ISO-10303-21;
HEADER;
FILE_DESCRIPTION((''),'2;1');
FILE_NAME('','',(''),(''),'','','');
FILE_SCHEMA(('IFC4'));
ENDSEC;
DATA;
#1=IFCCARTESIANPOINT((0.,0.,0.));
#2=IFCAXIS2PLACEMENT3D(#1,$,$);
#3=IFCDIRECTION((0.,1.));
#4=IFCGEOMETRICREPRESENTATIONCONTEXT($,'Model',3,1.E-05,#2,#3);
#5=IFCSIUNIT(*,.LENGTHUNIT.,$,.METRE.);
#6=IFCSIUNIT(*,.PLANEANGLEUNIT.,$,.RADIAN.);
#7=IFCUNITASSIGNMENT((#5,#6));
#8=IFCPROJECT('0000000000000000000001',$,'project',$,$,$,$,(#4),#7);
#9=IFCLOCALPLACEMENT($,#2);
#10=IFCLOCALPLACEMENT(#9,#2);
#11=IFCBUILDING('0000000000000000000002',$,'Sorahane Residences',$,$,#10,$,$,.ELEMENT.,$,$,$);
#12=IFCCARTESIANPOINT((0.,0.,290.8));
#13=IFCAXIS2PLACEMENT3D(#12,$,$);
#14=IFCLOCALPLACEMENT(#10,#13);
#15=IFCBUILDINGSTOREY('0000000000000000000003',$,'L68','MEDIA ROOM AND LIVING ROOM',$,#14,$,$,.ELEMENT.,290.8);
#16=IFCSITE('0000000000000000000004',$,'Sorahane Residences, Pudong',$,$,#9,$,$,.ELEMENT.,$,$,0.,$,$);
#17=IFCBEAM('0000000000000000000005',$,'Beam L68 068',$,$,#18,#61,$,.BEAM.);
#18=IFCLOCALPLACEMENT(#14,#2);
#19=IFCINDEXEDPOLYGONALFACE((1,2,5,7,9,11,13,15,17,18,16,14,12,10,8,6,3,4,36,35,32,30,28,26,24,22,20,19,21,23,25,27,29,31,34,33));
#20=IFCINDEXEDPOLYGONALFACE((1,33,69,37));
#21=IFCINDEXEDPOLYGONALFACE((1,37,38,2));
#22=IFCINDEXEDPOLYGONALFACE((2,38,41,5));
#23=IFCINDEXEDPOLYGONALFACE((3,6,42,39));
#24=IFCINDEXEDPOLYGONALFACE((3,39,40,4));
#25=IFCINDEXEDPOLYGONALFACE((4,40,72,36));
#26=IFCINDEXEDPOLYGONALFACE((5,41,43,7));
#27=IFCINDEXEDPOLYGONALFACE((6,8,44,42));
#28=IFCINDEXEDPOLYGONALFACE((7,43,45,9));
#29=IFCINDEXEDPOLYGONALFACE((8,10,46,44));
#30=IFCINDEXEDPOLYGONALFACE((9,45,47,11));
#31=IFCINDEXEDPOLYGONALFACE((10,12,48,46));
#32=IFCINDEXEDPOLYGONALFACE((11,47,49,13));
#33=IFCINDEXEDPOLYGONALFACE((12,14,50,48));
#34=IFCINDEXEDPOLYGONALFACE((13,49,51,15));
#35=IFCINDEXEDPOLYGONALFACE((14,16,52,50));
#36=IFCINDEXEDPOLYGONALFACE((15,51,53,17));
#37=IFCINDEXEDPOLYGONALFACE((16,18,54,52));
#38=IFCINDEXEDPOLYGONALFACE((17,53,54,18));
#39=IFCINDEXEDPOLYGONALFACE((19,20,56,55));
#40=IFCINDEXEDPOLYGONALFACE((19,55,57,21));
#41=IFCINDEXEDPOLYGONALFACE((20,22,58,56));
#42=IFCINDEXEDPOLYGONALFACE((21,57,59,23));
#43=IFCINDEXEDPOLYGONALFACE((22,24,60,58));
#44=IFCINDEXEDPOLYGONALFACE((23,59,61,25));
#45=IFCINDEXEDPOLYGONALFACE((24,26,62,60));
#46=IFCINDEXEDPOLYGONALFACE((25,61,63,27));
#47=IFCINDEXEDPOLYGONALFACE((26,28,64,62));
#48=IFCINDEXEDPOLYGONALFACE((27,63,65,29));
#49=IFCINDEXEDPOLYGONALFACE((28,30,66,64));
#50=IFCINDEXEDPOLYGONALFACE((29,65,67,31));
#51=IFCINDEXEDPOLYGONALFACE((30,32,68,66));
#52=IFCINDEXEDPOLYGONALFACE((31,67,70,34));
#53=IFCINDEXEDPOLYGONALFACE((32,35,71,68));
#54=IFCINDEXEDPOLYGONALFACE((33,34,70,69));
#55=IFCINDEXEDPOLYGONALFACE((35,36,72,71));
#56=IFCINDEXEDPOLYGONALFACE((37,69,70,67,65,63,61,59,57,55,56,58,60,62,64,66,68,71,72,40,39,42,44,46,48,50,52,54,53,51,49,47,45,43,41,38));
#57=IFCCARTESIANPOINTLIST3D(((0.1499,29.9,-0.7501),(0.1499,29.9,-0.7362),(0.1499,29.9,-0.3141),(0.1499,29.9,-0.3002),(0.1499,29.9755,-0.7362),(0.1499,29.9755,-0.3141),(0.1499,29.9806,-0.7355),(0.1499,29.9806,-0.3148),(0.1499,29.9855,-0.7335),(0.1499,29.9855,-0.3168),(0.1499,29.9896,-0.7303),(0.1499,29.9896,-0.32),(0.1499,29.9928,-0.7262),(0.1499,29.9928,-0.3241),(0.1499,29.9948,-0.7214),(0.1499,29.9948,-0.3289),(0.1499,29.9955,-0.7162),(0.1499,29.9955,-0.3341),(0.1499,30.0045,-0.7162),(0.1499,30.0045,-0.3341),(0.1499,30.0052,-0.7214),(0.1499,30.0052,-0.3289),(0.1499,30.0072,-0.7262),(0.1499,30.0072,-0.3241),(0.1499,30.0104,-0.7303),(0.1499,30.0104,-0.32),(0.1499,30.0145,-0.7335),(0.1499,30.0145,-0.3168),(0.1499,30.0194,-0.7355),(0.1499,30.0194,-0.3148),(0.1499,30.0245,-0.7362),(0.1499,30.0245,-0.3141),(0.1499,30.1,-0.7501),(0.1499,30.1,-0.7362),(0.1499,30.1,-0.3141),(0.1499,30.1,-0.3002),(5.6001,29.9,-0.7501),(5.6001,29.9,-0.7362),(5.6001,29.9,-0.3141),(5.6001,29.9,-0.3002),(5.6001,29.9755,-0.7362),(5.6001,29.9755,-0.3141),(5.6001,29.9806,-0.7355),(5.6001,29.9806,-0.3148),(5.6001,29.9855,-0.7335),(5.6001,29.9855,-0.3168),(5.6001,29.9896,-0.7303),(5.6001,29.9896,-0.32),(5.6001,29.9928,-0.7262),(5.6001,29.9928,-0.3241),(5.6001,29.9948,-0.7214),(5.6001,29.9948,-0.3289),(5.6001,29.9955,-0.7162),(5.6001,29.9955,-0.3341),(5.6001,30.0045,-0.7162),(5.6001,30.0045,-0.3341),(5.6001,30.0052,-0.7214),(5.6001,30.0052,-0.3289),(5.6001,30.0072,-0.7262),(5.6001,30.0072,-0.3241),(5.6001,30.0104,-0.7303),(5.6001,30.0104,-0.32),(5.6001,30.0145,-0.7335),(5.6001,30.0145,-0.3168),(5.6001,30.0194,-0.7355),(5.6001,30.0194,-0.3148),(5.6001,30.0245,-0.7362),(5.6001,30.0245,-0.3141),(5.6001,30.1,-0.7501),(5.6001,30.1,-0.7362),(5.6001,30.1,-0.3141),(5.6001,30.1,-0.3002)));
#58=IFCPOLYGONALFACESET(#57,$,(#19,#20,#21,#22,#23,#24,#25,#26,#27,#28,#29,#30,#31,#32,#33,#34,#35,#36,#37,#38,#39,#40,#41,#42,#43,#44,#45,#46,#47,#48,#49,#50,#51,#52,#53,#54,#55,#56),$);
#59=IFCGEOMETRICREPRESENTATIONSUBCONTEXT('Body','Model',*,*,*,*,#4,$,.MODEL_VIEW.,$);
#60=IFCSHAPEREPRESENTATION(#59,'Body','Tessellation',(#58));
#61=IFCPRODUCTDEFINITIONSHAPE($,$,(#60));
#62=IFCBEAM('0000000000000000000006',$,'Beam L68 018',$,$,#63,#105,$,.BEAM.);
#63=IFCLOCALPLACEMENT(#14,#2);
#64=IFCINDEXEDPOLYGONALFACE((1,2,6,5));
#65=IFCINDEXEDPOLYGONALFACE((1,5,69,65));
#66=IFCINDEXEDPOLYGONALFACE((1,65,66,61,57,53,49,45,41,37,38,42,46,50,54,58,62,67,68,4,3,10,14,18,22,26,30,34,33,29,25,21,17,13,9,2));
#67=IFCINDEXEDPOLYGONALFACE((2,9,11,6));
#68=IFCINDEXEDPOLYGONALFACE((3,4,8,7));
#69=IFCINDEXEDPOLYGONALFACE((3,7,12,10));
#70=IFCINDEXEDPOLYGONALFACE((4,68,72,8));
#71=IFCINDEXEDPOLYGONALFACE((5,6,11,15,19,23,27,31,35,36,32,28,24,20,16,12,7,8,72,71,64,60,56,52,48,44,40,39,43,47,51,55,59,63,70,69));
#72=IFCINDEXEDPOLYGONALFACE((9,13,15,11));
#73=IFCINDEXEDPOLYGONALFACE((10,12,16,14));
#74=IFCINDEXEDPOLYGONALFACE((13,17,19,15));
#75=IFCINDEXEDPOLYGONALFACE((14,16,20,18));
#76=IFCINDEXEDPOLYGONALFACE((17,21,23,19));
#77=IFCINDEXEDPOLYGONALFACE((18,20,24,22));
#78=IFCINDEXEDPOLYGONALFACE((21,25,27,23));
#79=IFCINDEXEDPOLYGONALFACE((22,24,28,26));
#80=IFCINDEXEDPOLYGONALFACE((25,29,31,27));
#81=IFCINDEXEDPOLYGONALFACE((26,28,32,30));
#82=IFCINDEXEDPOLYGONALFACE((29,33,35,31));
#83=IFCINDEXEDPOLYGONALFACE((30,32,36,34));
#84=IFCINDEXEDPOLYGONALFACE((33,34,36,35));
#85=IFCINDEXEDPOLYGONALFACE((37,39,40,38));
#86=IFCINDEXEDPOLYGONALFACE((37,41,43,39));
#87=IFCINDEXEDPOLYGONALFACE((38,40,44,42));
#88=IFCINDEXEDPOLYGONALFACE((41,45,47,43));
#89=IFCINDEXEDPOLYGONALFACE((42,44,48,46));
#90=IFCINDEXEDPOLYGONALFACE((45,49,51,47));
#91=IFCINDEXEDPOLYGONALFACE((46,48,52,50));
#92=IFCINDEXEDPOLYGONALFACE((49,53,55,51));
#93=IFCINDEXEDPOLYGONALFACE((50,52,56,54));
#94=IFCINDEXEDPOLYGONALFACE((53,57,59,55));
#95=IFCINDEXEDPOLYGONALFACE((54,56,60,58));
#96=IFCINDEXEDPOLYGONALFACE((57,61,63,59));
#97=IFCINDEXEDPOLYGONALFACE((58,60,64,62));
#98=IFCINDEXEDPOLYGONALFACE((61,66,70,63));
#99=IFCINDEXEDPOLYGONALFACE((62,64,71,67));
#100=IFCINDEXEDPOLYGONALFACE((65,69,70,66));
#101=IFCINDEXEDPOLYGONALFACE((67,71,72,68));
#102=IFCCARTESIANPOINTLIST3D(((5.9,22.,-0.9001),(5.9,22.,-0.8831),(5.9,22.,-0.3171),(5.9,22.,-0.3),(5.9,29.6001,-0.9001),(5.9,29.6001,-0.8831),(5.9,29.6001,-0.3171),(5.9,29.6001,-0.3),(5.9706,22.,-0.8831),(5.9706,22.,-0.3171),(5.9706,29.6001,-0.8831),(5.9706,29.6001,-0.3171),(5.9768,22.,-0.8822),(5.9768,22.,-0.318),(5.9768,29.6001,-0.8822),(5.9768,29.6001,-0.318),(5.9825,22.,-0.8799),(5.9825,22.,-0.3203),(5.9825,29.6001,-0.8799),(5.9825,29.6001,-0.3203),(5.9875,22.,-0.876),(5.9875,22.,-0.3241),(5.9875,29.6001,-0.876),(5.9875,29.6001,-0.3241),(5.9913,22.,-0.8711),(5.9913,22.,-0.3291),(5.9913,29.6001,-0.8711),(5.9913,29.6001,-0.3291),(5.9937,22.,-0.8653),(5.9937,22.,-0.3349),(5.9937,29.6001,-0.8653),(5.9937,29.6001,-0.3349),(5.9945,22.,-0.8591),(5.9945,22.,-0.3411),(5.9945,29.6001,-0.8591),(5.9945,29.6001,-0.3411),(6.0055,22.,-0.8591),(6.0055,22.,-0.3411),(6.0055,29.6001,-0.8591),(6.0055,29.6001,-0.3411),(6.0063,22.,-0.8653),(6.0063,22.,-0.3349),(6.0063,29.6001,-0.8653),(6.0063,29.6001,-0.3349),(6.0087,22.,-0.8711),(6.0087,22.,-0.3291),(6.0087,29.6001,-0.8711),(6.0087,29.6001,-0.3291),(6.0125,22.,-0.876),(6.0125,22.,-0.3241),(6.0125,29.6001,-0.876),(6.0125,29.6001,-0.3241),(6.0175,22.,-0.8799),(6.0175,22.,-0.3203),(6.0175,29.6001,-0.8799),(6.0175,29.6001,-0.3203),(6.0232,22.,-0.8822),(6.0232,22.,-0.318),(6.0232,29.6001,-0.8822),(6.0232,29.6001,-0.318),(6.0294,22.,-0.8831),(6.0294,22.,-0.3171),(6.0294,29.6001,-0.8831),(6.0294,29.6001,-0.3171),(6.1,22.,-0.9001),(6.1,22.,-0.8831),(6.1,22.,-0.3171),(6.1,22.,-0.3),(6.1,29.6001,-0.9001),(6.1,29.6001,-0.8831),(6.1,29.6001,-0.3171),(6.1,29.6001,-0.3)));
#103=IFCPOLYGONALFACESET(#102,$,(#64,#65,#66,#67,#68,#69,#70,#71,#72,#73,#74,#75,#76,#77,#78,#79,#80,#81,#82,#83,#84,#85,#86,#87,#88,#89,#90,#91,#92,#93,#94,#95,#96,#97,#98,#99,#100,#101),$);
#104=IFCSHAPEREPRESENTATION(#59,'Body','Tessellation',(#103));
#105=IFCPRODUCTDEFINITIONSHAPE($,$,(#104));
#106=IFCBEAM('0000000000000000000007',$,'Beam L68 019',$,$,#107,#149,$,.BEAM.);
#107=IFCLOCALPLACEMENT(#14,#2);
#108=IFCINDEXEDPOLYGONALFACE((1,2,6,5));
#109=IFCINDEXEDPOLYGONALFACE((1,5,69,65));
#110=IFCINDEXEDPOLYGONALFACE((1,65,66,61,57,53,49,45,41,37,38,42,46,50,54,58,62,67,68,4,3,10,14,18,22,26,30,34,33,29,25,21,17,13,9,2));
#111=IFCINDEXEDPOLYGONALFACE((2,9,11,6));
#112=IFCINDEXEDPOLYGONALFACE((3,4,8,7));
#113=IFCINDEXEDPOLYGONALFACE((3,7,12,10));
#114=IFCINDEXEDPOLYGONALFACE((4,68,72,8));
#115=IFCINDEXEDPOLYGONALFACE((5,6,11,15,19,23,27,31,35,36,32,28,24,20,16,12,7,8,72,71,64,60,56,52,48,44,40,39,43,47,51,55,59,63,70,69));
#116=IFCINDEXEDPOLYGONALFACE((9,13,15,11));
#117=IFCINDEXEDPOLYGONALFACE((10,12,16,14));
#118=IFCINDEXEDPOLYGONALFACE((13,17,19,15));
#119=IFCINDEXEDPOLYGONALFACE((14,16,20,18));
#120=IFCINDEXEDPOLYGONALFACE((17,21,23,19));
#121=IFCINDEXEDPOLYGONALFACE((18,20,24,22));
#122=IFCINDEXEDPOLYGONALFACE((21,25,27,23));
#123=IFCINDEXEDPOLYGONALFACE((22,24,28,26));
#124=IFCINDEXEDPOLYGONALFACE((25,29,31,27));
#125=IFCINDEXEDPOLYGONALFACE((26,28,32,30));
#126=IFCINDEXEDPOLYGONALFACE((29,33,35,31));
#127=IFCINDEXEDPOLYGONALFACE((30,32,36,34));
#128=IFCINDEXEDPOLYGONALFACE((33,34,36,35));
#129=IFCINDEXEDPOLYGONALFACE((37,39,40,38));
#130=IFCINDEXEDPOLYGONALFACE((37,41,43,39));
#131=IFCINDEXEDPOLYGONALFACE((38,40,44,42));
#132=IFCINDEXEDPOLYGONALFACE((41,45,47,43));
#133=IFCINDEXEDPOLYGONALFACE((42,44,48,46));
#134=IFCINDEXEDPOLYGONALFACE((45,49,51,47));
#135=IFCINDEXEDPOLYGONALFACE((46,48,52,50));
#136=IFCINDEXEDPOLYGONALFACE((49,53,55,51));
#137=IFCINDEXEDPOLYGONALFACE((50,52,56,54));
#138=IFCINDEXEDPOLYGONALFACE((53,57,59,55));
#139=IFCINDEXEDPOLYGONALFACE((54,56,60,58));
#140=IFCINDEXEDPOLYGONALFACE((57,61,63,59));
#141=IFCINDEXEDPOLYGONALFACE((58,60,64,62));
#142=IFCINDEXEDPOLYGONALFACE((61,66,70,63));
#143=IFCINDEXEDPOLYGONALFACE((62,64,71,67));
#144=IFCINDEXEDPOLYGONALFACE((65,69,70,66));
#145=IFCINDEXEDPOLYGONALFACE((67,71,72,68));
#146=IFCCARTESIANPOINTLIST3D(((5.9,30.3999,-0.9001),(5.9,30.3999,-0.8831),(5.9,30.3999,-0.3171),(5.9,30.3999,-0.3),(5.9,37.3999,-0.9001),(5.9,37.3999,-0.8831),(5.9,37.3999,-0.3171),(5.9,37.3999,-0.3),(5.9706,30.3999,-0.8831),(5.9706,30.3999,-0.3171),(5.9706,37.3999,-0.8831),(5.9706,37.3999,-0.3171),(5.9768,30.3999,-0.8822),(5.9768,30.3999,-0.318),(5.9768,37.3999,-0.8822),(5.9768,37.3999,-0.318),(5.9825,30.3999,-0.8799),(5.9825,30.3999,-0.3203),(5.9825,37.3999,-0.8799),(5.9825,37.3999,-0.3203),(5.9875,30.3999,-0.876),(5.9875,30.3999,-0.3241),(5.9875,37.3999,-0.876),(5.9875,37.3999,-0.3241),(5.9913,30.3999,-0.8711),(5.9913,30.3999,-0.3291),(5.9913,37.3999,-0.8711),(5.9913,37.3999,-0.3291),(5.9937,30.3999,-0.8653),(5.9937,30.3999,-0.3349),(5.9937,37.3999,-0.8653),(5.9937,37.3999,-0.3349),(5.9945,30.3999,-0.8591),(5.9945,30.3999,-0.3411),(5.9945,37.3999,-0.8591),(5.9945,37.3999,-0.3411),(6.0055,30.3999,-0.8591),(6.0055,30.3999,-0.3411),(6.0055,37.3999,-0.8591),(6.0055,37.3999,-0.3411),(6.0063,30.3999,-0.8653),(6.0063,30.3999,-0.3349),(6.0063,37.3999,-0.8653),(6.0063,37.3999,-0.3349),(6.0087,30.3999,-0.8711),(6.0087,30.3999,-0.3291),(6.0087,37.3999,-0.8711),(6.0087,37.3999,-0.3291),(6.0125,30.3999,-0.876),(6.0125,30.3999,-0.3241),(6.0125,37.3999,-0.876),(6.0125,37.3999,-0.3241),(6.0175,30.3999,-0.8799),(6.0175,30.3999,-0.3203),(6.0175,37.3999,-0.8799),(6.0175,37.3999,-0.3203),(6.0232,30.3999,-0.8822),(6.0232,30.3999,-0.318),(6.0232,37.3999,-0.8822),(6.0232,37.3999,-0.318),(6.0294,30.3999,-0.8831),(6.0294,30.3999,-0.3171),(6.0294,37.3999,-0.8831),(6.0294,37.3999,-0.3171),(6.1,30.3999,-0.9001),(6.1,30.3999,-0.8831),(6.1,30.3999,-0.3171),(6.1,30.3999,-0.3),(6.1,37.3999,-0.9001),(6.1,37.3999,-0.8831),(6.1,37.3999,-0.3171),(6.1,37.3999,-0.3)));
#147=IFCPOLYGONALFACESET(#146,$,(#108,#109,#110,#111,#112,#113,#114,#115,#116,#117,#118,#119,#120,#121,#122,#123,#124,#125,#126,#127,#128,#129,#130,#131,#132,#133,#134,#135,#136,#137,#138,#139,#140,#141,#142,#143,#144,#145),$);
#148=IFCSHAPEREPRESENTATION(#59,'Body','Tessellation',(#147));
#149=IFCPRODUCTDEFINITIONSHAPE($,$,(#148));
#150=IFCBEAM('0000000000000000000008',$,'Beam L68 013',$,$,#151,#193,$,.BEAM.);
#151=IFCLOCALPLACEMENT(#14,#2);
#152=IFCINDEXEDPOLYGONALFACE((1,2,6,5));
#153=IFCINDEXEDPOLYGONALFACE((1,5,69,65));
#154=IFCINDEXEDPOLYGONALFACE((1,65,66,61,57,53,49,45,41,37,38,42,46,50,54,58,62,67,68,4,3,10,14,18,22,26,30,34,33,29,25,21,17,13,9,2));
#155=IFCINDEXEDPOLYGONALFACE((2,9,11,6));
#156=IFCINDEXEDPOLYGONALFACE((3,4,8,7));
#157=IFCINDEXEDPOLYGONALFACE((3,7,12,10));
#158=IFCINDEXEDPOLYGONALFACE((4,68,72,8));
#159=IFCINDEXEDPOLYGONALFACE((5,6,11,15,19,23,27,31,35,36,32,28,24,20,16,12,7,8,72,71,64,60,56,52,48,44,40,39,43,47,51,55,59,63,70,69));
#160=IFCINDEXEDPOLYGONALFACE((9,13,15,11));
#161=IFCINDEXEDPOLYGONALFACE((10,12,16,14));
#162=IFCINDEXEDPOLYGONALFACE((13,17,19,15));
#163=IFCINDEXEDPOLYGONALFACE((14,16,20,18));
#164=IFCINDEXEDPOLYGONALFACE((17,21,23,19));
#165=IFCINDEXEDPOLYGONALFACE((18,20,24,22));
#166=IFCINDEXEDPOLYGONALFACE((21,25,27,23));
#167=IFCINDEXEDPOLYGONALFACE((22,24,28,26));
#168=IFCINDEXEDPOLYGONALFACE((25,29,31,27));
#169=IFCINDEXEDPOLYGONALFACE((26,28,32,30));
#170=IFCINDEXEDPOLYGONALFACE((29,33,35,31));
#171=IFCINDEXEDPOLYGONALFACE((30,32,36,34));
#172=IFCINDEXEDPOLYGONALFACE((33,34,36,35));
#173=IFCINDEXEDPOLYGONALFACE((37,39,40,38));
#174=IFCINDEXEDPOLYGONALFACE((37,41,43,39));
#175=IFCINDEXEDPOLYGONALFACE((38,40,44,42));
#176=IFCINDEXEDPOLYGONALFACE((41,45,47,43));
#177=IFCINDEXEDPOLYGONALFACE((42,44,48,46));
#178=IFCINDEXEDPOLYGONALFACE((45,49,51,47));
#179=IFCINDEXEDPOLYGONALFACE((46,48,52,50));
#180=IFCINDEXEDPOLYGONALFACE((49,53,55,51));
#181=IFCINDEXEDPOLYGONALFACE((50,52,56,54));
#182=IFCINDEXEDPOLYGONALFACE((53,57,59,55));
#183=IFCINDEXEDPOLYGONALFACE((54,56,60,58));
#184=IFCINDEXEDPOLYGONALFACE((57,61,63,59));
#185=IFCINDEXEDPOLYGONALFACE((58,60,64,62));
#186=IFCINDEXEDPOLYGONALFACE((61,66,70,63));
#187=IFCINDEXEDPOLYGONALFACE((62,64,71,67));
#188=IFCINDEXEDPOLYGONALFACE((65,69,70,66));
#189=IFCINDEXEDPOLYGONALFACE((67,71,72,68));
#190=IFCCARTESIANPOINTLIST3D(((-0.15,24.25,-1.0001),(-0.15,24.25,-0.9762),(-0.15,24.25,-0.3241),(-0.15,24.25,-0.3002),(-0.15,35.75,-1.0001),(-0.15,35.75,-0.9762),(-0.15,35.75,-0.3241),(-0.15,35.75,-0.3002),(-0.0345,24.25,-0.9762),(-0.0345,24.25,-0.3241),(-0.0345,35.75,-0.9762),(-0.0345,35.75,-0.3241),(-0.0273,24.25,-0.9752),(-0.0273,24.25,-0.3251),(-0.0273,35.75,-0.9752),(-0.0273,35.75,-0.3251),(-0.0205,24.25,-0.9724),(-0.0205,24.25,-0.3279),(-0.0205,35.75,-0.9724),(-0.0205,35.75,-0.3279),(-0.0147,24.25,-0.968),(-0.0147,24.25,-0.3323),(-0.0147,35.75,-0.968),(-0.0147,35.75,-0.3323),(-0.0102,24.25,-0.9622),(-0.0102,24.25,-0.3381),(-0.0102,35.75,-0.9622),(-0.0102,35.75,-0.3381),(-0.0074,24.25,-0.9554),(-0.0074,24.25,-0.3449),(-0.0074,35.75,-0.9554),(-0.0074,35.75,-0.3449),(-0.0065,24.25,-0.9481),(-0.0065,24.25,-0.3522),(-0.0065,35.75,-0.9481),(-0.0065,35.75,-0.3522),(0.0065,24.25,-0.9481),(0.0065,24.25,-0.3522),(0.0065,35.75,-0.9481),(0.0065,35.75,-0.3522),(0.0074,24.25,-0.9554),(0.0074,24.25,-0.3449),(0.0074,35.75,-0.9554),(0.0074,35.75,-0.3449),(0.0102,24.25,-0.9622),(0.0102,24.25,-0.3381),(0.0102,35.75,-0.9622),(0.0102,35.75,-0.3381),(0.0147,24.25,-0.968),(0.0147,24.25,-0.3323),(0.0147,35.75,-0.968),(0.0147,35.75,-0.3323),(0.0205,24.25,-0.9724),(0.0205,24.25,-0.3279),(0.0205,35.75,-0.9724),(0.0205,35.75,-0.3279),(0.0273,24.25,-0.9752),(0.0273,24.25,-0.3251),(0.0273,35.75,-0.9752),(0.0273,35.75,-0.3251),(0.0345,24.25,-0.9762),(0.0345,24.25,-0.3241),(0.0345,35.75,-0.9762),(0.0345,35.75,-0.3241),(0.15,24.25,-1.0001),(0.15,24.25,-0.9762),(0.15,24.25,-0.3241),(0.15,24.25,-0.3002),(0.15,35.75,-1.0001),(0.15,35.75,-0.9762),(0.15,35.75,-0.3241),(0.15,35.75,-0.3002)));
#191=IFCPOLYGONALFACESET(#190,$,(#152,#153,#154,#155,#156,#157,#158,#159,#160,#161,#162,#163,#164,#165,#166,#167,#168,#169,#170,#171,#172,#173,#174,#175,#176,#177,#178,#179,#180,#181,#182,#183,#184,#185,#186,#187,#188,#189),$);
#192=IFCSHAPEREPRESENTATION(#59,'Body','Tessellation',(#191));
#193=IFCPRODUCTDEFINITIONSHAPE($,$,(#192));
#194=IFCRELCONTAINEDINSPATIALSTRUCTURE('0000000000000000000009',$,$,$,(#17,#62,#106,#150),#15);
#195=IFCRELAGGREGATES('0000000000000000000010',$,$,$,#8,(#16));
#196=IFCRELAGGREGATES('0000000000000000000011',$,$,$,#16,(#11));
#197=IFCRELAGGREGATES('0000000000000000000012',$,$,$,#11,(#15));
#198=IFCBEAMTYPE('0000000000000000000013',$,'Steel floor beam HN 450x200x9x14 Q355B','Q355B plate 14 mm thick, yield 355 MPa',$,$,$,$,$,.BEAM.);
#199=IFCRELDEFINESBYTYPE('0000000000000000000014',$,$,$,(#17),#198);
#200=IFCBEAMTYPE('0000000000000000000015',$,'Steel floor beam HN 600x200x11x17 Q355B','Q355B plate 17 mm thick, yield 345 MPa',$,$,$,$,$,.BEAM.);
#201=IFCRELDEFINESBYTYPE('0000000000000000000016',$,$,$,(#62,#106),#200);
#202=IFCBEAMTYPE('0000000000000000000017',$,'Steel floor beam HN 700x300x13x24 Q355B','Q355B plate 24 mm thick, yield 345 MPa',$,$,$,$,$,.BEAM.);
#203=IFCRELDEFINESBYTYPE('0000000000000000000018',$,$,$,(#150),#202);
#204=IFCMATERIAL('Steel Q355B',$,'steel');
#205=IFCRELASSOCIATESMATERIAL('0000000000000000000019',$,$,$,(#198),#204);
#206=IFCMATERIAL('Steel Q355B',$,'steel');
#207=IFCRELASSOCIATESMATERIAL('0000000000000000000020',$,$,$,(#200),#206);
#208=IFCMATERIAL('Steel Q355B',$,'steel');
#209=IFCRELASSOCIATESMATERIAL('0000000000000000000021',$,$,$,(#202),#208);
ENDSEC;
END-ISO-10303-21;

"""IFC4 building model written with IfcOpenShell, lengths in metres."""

from ifc_helpers import new_model, si_unit, direction, frame, origin, origin_2d, place, context, subcontext, project, spatial, i_section, extrude, material, material_profile, profile_set, type_object, element, save


model = new_model("IFC4")

# Units and contexts
model_context = context("Model", 3, precision=1e-05, world=origin(), true_north=direction((0.0, 1.0)))
body_context = subcontext(model_context, "Body", "Model", "MODEL_VIEW")
ifc_project = project(units=[si_unit("LENGTHUNIT", "METRE"), si_unit("PLANEANGLEUNIT", "RADIAN")], contexts=[model_context])

# Site, building, storey
site_placement = place(None, origin())
site = spatial("IfcSite", under=ifc_project, at=site_placement, Name="Sorahane Residences, Pudong", CompositionType="ELEMENT", RefElevation=0.0)
building_placement = place(site_placement, origin())
building = spatial("IfcBuilding", under=site, at=building_placement, Name="Sorahane Residences", CompositionType="ELEMENT")
storey_placement = place(building_placement, frame((0.0, 0.0, 290.8)))
storey = spatial("IfcBuildingStorey", under=building, at=storey_placement, Name="L68", Description="MEDIA ROOM AND LIVING ROOM", CompositionType="ELEMENT", Elevation=290.8)

# Beams
ifc_material_1 = material(Name="Steel Q355B", Category="steel")
ifc_material_profile_1 = material_profile(ifc_material_1, i_section(OverallWidth=0.2, OverallDepth=0.45, WebThickness=0.009, FlangeThickness=0.0139, FilletRadius=0.02, at=origin_2d()), Name="HN 450x200x9x14")
ifc_profile_set_1 = profile_set([ifc_material_profile_1], Name="Steel Q355B")
beam_type_1 = type_object("IfcBeamType", Name="Steel floor beam HN 450x200x9x14 Q355B", Description="Q355B plate 14 mm thick, yield 355 MPa", PredefinedType="BEAM", material=ifc_profile_set_1)
beam_1_placement = place(storey_placement, frame((0.1499, 30.0, -0.5251), z_axis=(1.0, 0.0, 0.0), x_axis=(0.0, 1.0, 0.0)))
element("IfcBeam", 1, at=beam_1_placement, inside=storey, type_object=beam_type_1, Name="Beam L68 068", PredefinedType="BEAM", context=body_context, shape_type="SweptSolid", body=[
    extrude(i_section(OverallWidth=0.2, OverallDepth=0.45, WebThickness=0.009, FlangeThickness=0.0139, FilletRadius=0.02, at=origin_2d()), origin(), (0.0, 0.0, 1.0), 5.4502),
])
ifc_material_2 = material(Name="Steel Q355B", Category="steel")
ifc_material_profile_2 = material_profile(ifc_material_2, i_section(OverallWidth=0.2, OverallDepth=0.6001, WebThickness=0.011, FlangeThickness=0.0171, FilletRadius=0.0239, at=origin_2d()), Name="HN 600x200x11x17")
ifc_profile_set_2 = profile_set([ifc_material_profile_2], Name="Steel Q355B")
beam_type_2 = type_object("IfcBeamType", Name="Steel floor beam HN 600x200x11x17 Q355B", Description="Q355B plate 17 mm thick, yield 345 MPa", PredefinedType="BEAM", material=ifc_profile_set_2)
beam_2_placement = place(storey_placement, frame((6.0, 22.0, -0.6001), z_axis=(0.0, 1.0, 0.0), x_axis=(-1.0, 0.0, 0.0)))
element("IfcBeam", 2, at=beam_2_placement, inside=storey, type_object=beam_type_2, Name="Beam L68 018", PredefinedType="BEAM", context=body_context, shape_type="SweptSolid", body=[
    extrude(i_section(OverallWidth=0.2, OverallDepth=0.6001, WebThickness=0.011, FlangeThickness=0.0171, FilletRadius=0.0239, at=origin_2d()), origin(), (0.0, 0.0, 1.0), 7.6001),
])
beam_3_placement = place(storey_placement, frame((6.0, 30.3999, -0.6001), z_axis=(0.0, 1.0, 0.0), x_axis=(-1.0, 0.0, 0.0)))
element("IfcBeam", 3, at=beam_3_placement, inside=storey, type_object=beam_type_2, Name="Beam L68 019", PredefinedType="BEAM", context=body_context, shape_type="SweptSolid", body=[
    extrude(i_section(OverallWidth=0.2, OverallDepth=0.6001, WebThickness=0.011, FlangeThickness=0.0171, FilletRadius=0.0239, at=origin_2d()), origin(), (0.0, 0.0, 1.0), 7.0),
])
ifc_material_3 = material(Name="Steel Q355B", Category="steel")
ifc_material_profile_3 = material_profile(ifc_material_3, i_section(OverallWidth=0.3, OverallDepth=0.7, WebThickness=0.0129, FlangeThickness=0.0239, FilletRadius=0.0281, at=origin_2d()), Name="HN 700x300x13x24")
ifc_profile_set_3 = profile_set([ifc_material_profile_3], Name="Steel Q355B")
beam_type_3 = type_object("IfcBeamType", Name="Steel floor beam HN 700x300x13x24 Q355B", Description="Q355B plate 24 mm thick, yield 345 MPa", PredefinedType="BEAM", material=ifc_profile_set_3)
beam_4_placement = place(storey_placement, frame((0.0, 24.25, -0.6501), z_axis=(0.0, 1.0, 0.0), x_axis=(-1.0, 0.0, 0.0)))
element("IfcBeam", 4, at=beam_4_placement, inside=storey, type_object=beam_type_3, Name="Beam L68 013", PredefinedType="BEAM", context=body_context, shape_type="SweptSolid", body=[
    extrude(i_section(OverallWidth=0.3, OverallDepth=0.7, WebThickness=0.0129, FlangeThickness=0.0239, FilletRadius=0.0281, at=origin_2d()), origin(), (0.0, 0.0, 1.0), 11.5),
])

save(model, "model.ifc")
